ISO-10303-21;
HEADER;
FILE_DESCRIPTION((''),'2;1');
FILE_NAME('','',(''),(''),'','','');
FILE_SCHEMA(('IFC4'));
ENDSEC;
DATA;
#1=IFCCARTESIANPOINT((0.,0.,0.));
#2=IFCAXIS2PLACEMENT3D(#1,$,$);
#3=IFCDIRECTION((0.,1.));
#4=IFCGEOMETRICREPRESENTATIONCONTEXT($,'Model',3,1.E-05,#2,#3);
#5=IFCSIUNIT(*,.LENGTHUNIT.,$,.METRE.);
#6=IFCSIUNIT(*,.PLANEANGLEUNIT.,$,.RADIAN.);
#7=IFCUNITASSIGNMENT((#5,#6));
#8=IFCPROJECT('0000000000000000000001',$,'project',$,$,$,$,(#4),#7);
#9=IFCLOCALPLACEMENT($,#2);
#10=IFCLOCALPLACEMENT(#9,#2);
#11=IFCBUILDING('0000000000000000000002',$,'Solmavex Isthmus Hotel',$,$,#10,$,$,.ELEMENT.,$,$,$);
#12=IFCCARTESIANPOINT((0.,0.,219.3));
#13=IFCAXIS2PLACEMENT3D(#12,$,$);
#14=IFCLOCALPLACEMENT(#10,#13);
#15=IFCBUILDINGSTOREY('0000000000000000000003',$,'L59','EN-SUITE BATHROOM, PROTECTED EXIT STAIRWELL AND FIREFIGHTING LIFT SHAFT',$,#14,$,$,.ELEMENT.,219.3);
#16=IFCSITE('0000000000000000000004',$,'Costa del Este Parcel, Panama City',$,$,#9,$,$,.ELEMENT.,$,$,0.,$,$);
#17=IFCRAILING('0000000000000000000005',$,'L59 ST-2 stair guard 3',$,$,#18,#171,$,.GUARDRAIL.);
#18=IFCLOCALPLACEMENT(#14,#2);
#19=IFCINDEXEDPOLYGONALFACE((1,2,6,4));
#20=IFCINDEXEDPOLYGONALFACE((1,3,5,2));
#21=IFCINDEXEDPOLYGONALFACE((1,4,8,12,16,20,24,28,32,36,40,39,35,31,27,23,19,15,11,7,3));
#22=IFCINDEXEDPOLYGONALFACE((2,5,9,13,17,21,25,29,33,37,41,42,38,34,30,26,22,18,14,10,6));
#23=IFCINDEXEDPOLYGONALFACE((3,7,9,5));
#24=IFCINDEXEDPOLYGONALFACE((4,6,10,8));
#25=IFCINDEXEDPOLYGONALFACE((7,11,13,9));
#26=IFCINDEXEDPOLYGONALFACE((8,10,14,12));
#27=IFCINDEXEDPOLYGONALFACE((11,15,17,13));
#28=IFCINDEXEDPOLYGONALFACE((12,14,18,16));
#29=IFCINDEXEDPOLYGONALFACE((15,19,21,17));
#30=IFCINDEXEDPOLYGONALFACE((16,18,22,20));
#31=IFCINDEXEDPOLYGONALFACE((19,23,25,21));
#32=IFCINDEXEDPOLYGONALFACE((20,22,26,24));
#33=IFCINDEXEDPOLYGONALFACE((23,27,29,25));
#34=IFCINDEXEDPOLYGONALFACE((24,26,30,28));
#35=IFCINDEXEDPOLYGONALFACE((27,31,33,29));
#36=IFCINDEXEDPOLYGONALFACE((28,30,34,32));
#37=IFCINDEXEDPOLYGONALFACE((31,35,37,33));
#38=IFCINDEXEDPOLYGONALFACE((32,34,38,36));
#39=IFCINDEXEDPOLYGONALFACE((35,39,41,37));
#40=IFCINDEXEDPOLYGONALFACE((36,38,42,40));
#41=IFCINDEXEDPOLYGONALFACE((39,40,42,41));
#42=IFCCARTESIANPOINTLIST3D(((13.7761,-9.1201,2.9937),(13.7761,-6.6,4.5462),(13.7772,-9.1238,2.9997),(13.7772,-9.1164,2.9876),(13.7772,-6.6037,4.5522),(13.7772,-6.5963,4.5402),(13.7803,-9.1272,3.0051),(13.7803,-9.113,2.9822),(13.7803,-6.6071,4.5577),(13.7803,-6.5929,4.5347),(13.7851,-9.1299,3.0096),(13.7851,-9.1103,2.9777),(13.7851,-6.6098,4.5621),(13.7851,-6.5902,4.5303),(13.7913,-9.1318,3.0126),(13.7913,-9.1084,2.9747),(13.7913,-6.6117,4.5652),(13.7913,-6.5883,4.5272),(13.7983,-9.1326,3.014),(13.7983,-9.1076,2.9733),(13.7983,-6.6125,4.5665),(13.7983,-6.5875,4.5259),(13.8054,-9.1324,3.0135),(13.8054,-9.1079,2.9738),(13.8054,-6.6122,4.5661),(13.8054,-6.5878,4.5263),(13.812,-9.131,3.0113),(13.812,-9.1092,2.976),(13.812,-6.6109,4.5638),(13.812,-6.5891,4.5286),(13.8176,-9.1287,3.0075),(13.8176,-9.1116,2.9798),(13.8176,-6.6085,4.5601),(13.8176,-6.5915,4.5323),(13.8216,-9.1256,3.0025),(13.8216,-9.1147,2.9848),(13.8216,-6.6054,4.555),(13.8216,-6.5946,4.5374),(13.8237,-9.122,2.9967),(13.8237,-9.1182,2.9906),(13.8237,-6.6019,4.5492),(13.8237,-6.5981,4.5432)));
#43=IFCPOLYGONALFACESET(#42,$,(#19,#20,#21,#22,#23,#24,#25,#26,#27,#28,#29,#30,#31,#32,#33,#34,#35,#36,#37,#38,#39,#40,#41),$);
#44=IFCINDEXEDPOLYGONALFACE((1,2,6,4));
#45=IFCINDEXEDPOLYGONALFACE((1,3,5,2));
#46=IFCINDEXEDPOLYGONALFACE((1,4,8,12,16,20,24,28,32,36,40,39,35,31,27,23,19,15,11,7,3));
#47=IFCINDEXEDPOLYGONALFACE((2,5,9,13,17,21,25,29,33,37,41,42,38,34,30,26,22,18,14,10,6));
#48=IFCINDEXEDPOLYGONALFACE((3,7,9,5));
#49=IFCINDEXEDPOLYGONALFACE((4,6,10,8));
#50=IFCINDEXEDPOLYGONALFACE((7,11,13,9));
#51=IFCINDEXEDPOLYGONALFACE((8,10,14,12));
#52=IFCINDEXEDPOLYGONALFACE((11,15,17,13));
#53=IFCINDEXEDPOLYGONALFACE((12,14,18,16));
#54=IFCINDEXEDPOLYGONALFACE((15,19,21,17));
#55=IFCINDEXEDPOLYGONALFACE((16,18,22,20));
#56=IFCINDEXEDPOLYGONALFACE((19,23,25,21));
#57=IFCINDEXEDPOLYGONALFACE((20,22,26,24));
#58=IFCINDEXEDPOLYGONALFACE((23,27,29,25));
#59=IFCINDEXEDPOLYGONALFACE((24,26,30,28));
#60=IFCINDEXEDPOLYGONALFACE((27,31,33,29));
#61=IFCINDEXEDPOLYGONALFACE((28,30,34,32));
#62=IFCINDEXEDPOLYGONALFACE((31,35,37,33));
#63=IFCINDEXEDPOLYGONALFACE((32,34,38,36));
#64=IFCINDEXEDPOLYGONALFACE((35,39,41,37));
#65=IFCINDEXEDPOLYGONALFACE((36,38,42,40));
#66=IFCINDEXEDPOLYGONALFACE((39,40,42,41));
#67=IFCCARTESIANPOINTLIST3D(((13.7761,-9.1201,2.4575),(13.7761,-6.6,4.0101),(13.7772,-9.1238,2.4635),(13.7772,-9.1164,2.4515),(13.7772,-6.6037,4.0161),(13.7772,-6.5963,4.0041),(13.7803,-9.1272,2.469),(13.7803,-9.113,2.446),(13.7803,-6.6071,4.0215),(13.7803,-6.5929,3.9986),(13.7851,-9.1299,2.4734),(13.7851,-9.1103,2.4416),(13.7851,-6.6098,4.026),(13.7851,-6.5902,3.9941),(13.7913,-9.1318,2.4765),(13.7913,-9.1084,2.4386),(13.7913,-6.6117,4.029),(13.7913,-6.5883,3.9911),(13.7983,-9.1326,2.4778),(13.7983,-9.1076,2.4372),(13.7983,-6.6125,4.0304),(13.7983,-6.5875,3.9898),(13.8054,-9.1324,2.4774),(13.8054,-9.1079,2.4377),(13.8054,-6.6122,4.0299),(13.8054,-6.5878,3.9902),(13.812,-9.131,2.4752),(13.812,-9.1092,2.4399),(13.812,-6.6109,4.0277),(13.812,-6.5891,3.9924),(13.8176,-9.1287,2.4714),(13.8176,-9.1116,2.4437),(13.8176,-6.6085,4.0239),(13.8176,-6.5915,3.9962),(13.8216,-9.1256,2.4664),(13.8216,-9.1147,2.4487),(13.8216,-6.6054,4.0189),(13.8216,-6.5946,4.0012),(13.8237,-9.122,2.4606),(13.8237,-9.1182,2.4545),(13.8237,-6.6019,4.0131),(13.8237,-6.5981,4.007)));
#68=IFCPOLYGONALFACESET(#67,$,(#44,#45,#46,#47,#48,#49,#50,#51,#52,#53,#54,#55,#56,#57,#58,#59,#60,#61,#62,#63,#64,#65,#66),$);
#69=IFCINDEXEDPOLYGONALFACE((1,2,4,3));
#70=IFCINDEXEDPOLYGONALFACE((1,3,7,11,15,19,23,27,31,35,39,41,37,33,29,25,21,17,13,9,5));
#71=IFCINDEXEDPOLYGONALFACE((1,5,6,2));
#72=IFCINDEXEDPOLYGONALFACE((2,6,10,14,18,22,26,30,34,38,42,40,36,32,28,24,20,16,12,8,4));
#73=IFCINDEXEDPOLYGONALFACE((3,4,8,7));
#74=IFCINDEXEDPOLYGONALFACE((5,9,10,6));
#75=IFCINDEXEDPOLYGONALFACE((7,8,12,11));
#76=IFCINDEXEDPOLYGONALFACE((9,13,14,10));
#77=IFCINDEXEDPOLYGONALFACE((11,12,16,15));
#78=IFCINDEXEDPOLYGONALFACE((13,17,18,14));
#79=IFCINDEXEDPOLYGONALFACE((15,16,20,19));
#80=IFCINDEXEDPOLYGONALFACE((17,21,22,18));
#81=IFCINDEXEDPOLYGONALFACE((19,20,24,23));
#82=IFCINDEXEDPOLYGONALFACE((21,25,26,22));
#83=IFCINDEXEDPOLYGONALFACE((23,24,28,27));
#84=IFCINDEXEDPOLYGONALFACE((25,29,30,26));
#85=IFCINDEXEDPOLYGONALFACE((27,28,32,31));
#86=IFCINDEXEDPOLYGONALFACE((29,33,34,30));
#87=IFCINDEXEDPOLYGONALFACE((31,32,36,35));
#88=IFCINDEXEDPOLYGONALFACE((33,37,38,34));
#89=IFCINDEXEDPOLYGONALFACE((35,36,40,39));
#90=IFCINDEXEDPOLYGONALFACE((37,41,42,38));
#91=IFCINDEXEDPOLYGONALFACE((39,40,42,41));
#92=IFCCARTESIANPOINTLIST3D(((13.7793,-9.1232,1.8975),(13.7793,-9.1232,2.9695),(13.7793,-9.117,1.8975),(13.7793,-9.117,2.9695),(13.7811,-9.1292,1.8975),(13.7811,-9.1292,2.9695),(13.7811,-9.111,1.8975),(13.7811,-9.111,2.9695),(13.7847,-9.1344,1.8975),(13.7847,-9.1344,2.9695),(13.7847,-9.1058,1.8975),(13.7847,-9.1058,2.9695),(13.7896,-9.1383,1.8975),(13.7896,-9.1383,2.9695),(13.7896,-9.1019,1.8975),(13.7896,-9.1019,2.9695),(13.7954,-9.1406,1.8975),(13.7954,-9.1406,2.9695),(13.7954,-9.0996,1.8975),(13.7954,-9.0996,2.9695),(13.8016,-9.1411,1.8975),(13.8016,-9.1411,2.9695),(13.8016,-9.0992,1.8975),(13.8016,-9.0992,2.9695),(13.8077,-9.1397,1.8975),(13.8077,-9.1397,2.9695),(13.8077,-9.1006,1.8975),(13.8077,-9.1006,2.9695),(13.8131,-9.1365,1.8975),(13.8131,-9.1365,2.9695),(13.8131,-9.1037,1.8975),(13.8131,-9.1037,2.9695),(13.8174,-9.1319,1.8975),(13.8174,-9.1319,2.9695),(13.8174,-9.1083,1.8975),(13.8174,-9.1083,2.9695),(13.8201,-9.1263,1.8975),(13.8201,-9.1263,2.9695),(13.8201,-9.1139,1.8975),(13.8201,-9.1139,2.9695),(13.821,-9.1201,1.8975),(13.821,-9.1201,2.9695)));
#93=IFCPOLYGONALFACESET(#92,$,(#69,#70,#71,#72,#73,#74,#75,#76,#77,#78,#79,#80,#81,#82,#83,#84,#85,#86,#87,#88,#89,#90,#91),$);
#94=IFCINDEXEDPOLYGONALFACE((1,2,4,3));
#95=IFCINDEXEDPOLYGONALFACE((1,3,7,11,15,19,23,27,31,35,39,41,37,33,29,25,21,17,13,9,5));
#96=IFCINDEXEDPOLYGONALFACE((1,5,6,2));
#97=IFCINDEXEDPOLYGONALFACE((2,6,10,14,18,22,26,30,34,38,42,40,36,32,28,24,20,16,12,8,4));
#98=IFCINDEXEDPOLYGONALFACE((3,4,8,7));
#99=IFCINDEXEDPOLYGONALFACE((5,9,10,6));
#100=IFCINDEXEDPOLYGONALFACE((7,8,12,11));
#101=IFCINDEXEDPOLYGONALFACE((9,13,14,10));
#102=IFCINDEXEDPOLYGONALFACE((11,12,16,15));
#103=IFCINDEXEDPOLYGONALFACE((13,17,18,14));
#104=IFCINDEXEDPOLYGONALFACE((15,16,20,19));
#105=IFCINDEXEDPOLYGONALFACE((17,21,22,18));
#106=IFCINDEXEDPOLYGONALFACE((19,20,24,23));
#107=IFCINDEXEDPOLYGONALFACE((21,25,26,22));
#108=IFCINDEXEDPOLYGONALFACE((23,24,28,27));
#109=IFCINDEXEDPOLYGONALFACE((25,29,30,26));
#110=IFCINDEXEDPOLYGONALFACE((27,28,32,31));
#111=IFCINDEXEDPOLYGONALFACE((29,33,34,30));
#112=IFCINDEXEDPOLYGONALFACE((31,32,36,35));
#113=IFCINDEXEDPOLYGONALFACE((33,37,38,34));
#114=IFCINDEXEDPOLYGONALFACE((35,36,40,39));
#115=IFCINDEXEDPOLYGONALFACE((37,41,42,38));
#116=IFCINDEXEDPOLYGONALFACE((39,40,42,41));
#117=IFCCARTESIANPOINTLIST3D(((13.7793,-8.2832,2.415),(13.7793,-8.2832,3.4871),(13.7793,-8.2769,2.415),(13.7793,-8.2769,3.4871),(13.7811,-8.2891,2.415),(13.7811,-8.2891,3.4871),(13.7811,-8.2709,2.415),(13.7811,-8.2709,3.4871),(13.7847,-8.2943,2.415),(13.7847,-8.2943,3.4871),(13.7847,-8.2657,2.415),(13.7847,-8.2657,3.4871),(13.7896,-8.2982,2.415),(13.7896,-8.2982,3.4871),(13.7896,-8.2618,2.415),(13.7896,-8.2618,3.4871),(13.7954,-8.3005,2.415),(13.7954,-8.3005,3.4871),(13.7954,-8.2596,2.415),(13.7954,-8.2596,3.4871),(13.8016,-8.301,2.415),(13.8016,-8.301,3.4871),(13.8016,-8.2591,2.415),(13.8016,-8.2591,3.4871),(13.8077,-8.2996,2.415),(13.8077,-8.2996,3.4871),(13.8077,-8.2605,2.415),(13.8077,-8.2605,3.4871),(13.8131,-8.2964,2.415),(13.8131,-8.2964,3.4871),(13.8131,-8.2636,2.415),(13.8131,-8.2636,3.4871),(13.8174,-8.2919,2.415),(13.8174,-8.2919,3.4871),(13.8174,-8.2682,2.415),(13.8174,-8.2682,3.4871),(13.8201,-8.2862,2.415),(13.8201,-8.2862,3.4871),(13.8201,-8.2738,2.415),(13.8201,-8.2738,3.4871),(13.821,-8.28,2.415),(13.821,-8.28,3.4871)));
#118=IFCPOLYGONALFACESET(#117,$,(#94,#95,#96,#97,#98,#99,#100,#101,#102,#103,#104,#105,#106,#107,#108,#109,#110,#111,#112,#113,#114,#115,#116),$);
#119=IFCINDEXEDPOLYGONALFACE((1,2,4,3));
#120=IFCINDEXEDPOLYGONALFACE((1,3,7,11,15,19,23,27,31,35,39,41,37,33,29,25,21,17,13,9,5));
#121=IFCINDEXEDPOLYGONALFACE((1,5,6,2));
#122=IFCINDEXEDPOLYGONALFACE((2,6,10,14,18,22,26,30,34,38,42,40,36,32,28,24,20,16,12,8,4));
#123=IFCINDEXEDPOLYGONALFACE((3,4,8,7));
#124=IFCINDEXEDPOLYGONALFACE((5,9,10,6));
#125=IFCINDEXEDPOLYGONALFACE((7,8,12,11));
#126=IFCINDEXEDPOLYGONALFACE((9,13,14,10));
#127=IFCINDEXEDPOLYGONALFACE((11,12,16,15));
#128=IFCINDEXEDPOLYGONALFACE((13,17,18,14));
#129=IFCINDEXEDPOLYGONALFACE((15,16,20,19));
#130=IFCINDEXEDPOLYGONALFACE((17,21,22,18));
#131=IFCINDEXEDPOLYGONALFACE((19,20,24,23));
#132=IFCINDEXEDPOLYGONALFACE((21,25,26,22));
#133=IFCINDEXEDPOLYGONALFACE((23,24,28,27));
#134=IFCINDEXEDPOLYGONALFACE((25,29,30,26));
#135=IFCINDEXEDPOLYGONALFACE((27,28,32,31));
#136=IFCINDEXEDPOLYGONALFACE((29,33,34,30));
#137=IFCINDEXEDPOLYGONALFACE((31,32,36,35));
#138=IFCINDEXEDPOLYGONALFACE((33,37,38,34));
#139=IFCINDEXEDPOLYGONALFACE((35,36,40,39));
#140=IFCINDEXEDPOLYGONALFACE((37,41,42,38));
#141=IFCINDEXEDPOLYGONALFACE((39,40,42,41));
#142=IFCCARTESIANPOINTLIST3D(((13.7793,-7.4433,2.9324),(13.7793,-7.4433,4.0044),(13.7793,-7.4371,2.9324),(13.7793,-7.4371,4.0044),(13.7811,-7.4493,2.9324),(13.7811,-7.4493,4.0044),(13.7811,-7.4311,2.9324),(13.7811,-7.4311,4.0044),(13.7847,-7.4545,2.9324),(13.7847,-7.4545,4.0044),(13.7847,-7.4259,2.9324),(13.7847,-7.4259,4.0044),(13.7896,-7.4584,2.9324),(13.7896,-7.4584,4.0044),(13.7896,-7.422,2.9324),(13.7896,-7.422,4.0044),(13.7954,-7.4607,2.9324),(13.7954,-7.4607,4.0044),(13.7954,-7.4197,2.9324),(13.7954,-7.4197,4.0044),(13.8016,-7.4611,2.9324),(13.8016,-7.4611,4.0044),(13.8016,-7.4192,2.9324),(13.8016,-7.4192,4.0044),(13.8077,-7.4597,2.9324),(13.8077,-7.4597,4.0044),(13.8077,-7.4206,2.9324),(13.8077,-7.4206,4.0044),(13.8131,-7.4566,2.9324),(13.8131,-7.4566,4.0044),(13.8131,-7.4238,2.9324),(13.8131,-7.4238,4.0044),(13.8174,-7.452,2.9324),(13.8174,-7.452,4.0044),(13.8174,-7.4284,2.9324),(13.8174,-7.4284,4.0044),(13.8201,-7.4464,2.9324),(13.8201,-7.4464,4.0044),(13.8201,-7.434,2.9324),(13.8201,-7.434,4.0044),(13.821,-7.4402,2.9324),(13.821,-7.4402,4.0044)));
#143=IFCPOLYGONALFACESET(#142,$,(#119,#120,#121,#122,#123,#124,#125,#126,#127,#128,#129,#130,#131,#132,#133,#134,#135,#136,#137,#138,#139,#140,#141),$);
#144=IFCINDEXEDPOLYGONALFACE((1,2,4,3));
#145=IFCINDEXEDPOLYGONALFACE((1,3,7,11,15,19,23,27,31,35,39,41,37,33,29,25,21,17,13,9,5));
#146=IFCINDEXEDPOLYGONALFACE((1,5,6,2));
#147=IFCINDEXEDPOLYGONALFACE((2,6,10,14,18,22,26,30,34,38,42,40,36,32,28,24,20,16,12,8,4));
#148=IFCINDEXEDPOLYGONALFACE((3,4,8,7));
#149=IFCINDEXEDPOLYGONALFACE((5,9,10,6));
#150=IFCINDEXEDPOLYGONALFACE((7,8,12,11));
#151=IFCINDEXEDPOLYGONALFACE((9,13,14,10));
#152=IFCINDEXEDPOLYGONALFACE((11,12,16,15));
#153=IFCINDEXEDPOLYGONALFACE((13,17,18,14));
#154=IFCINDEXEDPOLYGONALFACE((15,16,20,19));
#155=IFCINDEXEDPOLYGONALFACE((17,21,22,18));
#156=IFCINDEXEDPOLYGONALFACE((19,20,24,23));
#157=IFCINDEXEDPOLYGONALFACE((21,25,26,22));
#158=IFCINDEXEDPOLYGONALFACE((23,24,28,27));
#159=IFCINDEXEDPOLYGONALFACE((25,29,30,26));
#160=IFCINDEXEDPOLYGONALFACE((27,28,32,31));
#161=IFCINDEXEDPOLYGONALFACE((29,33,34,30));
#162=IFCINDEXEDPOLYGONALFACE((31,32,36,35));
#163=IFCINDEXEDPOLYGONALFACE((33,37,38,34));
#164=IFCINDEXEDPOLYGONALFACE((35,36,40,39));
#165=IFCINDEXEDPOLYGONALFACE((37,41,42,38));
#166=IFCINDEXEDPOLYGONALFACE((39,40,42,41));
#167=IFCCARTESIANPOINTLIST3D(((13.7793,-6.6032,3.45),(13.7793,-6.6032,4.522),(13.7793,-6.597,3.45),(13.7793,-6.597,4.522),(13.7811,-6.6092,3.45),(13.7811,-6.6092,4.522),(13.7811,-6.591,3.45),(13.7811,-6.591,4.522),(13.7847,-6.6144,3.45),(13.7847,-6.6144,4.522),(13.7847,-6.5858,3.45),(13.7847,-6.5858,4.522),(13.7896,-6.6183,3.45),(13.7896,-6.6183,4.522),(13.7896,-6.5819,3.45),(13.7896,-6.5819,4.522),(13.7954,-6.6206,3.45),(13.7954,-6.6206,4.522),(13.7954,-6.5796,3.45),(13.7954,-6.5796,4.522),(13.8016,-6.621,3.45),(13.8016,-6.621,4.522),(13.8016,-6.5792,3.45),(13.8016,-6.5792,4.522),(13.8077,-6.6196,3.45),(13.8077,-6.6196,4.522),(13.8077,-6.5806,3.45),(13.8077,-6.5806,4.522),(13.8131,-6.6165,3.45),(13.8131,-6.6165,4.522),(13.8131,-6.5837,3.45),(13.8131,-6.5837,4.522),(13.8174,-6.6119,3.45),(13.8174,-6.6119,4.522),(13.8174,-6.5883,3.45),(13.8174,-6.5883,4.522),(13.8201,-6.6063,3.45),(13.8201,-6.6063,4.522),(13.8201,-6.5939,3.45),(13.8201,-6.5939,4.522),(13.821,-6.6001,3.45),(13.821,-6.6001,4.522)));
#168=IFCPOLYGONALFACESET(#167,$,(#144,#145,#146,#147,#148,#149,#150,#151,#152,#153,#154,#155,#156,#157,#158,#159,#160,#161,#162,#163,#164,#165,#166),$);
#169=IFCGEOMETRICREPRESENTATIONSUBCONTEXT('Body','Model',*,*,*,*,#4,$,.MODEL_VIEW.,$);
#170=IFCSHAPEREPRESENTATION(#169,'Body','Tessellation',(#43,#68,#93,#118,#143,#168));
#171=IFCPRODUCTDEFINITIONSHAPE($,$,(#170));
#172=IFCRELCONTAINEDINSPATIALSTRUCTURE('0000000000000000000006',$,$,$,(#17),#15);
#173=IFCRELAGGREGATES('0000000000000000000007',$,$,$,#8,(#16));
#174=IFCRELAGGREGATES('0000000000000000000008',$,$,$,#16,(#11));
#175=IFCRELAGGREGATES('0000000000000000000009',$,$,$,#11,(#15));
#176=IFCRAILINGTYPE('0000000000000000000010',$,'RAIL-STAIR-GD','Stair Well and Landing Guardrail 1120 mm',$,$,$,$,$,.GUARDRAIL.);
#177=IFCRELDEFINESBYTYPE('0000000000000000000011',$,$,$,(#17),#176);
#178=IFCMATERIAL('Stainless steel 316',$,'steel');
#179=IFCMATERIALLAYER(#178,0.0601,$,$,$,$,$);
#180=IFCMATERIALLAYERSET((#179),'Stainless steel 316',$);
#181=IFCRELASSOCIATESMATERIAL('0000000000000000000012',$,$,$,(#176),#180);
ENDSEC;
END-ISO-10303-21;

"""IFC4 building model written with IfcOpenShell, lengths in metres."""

from ifc_helpers import new_model, si_unit, direction, frame, origin, origin_2d, place, context, subcontext, project, spatial, circle, extrude, material, layer, layer_set, type_object, element, save


model = new_model("IFC4")

# Units and contexts
model_context = context("Model", 3, precision=1e-05, world=origin(), true_north=direction((0.0, 1.0)))
body_context = subcontext(model_context, "Body", "Model", "MODEL_VIEW")
ifc_project = project(units=[si_unit("LENGTHUNIT", "METRE"), si_unit("PLANEANGLEUNIT", "RADIAN")], contexts=[model_context])

# Site, building, storey
site_placement = place(None, origin())
site = spatial("IfcSite", under=ifc_project, at=site_placement, Name="Costa del Este Parcel, Panama City", CompositionType="ELEMENT", RefElevation=0.0)
building_placement = place(site_placement, origin())
building = spatial("IfcBuilding", under=site, at=building_placement, Name="Solmavex Isthmus Hotel", CompositionType="ELEMENT")
storey_placement = place(building_placement, frame((0.0, 0.0, 219.3)))
storey = spatial("IfcBuildingStorey", under=building, at=storey_placement, Name="L59", Description="EN-SUITE BATHROOM, PROTECTED EXIT STAIRWELL AND FIREFIGHTING LIFT SHAFT", CompositionType="ELEMENT", Elevation=219.3)

# Railing
ifc_material_1 = material(Name="Stainless steel 316", Category="steel")
ifc_layer_1 = layer(ifc_material_1, 0.0601)
ifc_layer_set_1 = layer_set([ifc_layer_1], Name="Stainless steel 316")
railing_type_1 = type_object("IfcRailingType", Name="RAIL-STAIR-GD", Description="Stair Well and Landing Guardrail 1120 mm", PredefinedType="GUARDRAIL", material=ifc_layer_set_1)
railing_1_placement = place(storey_placement, frame((13.8, -9.1201, 1.8975)))
element("IfcRailing", 1, at=railing_1_placement, inside=storey, type_object=railing_type_1, Name="L59 ST-2 stair guard 3", PredefinedType="GUARDRAIL", context=body_context, shape_type="SweptSolid", body=[
    extrude(circle(Radius=0.0239, at=origin_2d()), frame((0.0, 0.0, 1.0962), z_axis=(0.0, 0.8514, 0.524516), x_axis=(-1.0, 0.0, 0.0)), (0.0, 0.0, 1.0), 2.96),
    extrude(circle(Radius=0.0239, at=origin_2d()), frame((0.0, 0.0, 0.5601), z_axis=(0.0, 0.8514, 0.524516), x_axis=(-1.0, 0.0, 0.0)), (0.0, 0.0, 1.0), 2.96),
    extrude(circle(Radius=0.021, at=origin_2d()), origin(), (0.0, 0.0, 1.0), 1.072),
    extrude(circle(Radius=0.021, at=origin_2d()), frame((0.0, 0.8401, 0.5176)), (0.0, 0.0, 1.0), 1.072),
    extrude(circle(Radius=0.021, at=origin_2d()), frame((0.0, 1.6799, 1.0349)), (0.0, 0.0, 1.0), 1.072),
    extrude(circle(Radius=0.021, at=origin_2d()), frame((0.0, 2.52, 1.5525)), (0.0, 0.0, 1.0), 1.072),
])

save(model, "model.ifc")
